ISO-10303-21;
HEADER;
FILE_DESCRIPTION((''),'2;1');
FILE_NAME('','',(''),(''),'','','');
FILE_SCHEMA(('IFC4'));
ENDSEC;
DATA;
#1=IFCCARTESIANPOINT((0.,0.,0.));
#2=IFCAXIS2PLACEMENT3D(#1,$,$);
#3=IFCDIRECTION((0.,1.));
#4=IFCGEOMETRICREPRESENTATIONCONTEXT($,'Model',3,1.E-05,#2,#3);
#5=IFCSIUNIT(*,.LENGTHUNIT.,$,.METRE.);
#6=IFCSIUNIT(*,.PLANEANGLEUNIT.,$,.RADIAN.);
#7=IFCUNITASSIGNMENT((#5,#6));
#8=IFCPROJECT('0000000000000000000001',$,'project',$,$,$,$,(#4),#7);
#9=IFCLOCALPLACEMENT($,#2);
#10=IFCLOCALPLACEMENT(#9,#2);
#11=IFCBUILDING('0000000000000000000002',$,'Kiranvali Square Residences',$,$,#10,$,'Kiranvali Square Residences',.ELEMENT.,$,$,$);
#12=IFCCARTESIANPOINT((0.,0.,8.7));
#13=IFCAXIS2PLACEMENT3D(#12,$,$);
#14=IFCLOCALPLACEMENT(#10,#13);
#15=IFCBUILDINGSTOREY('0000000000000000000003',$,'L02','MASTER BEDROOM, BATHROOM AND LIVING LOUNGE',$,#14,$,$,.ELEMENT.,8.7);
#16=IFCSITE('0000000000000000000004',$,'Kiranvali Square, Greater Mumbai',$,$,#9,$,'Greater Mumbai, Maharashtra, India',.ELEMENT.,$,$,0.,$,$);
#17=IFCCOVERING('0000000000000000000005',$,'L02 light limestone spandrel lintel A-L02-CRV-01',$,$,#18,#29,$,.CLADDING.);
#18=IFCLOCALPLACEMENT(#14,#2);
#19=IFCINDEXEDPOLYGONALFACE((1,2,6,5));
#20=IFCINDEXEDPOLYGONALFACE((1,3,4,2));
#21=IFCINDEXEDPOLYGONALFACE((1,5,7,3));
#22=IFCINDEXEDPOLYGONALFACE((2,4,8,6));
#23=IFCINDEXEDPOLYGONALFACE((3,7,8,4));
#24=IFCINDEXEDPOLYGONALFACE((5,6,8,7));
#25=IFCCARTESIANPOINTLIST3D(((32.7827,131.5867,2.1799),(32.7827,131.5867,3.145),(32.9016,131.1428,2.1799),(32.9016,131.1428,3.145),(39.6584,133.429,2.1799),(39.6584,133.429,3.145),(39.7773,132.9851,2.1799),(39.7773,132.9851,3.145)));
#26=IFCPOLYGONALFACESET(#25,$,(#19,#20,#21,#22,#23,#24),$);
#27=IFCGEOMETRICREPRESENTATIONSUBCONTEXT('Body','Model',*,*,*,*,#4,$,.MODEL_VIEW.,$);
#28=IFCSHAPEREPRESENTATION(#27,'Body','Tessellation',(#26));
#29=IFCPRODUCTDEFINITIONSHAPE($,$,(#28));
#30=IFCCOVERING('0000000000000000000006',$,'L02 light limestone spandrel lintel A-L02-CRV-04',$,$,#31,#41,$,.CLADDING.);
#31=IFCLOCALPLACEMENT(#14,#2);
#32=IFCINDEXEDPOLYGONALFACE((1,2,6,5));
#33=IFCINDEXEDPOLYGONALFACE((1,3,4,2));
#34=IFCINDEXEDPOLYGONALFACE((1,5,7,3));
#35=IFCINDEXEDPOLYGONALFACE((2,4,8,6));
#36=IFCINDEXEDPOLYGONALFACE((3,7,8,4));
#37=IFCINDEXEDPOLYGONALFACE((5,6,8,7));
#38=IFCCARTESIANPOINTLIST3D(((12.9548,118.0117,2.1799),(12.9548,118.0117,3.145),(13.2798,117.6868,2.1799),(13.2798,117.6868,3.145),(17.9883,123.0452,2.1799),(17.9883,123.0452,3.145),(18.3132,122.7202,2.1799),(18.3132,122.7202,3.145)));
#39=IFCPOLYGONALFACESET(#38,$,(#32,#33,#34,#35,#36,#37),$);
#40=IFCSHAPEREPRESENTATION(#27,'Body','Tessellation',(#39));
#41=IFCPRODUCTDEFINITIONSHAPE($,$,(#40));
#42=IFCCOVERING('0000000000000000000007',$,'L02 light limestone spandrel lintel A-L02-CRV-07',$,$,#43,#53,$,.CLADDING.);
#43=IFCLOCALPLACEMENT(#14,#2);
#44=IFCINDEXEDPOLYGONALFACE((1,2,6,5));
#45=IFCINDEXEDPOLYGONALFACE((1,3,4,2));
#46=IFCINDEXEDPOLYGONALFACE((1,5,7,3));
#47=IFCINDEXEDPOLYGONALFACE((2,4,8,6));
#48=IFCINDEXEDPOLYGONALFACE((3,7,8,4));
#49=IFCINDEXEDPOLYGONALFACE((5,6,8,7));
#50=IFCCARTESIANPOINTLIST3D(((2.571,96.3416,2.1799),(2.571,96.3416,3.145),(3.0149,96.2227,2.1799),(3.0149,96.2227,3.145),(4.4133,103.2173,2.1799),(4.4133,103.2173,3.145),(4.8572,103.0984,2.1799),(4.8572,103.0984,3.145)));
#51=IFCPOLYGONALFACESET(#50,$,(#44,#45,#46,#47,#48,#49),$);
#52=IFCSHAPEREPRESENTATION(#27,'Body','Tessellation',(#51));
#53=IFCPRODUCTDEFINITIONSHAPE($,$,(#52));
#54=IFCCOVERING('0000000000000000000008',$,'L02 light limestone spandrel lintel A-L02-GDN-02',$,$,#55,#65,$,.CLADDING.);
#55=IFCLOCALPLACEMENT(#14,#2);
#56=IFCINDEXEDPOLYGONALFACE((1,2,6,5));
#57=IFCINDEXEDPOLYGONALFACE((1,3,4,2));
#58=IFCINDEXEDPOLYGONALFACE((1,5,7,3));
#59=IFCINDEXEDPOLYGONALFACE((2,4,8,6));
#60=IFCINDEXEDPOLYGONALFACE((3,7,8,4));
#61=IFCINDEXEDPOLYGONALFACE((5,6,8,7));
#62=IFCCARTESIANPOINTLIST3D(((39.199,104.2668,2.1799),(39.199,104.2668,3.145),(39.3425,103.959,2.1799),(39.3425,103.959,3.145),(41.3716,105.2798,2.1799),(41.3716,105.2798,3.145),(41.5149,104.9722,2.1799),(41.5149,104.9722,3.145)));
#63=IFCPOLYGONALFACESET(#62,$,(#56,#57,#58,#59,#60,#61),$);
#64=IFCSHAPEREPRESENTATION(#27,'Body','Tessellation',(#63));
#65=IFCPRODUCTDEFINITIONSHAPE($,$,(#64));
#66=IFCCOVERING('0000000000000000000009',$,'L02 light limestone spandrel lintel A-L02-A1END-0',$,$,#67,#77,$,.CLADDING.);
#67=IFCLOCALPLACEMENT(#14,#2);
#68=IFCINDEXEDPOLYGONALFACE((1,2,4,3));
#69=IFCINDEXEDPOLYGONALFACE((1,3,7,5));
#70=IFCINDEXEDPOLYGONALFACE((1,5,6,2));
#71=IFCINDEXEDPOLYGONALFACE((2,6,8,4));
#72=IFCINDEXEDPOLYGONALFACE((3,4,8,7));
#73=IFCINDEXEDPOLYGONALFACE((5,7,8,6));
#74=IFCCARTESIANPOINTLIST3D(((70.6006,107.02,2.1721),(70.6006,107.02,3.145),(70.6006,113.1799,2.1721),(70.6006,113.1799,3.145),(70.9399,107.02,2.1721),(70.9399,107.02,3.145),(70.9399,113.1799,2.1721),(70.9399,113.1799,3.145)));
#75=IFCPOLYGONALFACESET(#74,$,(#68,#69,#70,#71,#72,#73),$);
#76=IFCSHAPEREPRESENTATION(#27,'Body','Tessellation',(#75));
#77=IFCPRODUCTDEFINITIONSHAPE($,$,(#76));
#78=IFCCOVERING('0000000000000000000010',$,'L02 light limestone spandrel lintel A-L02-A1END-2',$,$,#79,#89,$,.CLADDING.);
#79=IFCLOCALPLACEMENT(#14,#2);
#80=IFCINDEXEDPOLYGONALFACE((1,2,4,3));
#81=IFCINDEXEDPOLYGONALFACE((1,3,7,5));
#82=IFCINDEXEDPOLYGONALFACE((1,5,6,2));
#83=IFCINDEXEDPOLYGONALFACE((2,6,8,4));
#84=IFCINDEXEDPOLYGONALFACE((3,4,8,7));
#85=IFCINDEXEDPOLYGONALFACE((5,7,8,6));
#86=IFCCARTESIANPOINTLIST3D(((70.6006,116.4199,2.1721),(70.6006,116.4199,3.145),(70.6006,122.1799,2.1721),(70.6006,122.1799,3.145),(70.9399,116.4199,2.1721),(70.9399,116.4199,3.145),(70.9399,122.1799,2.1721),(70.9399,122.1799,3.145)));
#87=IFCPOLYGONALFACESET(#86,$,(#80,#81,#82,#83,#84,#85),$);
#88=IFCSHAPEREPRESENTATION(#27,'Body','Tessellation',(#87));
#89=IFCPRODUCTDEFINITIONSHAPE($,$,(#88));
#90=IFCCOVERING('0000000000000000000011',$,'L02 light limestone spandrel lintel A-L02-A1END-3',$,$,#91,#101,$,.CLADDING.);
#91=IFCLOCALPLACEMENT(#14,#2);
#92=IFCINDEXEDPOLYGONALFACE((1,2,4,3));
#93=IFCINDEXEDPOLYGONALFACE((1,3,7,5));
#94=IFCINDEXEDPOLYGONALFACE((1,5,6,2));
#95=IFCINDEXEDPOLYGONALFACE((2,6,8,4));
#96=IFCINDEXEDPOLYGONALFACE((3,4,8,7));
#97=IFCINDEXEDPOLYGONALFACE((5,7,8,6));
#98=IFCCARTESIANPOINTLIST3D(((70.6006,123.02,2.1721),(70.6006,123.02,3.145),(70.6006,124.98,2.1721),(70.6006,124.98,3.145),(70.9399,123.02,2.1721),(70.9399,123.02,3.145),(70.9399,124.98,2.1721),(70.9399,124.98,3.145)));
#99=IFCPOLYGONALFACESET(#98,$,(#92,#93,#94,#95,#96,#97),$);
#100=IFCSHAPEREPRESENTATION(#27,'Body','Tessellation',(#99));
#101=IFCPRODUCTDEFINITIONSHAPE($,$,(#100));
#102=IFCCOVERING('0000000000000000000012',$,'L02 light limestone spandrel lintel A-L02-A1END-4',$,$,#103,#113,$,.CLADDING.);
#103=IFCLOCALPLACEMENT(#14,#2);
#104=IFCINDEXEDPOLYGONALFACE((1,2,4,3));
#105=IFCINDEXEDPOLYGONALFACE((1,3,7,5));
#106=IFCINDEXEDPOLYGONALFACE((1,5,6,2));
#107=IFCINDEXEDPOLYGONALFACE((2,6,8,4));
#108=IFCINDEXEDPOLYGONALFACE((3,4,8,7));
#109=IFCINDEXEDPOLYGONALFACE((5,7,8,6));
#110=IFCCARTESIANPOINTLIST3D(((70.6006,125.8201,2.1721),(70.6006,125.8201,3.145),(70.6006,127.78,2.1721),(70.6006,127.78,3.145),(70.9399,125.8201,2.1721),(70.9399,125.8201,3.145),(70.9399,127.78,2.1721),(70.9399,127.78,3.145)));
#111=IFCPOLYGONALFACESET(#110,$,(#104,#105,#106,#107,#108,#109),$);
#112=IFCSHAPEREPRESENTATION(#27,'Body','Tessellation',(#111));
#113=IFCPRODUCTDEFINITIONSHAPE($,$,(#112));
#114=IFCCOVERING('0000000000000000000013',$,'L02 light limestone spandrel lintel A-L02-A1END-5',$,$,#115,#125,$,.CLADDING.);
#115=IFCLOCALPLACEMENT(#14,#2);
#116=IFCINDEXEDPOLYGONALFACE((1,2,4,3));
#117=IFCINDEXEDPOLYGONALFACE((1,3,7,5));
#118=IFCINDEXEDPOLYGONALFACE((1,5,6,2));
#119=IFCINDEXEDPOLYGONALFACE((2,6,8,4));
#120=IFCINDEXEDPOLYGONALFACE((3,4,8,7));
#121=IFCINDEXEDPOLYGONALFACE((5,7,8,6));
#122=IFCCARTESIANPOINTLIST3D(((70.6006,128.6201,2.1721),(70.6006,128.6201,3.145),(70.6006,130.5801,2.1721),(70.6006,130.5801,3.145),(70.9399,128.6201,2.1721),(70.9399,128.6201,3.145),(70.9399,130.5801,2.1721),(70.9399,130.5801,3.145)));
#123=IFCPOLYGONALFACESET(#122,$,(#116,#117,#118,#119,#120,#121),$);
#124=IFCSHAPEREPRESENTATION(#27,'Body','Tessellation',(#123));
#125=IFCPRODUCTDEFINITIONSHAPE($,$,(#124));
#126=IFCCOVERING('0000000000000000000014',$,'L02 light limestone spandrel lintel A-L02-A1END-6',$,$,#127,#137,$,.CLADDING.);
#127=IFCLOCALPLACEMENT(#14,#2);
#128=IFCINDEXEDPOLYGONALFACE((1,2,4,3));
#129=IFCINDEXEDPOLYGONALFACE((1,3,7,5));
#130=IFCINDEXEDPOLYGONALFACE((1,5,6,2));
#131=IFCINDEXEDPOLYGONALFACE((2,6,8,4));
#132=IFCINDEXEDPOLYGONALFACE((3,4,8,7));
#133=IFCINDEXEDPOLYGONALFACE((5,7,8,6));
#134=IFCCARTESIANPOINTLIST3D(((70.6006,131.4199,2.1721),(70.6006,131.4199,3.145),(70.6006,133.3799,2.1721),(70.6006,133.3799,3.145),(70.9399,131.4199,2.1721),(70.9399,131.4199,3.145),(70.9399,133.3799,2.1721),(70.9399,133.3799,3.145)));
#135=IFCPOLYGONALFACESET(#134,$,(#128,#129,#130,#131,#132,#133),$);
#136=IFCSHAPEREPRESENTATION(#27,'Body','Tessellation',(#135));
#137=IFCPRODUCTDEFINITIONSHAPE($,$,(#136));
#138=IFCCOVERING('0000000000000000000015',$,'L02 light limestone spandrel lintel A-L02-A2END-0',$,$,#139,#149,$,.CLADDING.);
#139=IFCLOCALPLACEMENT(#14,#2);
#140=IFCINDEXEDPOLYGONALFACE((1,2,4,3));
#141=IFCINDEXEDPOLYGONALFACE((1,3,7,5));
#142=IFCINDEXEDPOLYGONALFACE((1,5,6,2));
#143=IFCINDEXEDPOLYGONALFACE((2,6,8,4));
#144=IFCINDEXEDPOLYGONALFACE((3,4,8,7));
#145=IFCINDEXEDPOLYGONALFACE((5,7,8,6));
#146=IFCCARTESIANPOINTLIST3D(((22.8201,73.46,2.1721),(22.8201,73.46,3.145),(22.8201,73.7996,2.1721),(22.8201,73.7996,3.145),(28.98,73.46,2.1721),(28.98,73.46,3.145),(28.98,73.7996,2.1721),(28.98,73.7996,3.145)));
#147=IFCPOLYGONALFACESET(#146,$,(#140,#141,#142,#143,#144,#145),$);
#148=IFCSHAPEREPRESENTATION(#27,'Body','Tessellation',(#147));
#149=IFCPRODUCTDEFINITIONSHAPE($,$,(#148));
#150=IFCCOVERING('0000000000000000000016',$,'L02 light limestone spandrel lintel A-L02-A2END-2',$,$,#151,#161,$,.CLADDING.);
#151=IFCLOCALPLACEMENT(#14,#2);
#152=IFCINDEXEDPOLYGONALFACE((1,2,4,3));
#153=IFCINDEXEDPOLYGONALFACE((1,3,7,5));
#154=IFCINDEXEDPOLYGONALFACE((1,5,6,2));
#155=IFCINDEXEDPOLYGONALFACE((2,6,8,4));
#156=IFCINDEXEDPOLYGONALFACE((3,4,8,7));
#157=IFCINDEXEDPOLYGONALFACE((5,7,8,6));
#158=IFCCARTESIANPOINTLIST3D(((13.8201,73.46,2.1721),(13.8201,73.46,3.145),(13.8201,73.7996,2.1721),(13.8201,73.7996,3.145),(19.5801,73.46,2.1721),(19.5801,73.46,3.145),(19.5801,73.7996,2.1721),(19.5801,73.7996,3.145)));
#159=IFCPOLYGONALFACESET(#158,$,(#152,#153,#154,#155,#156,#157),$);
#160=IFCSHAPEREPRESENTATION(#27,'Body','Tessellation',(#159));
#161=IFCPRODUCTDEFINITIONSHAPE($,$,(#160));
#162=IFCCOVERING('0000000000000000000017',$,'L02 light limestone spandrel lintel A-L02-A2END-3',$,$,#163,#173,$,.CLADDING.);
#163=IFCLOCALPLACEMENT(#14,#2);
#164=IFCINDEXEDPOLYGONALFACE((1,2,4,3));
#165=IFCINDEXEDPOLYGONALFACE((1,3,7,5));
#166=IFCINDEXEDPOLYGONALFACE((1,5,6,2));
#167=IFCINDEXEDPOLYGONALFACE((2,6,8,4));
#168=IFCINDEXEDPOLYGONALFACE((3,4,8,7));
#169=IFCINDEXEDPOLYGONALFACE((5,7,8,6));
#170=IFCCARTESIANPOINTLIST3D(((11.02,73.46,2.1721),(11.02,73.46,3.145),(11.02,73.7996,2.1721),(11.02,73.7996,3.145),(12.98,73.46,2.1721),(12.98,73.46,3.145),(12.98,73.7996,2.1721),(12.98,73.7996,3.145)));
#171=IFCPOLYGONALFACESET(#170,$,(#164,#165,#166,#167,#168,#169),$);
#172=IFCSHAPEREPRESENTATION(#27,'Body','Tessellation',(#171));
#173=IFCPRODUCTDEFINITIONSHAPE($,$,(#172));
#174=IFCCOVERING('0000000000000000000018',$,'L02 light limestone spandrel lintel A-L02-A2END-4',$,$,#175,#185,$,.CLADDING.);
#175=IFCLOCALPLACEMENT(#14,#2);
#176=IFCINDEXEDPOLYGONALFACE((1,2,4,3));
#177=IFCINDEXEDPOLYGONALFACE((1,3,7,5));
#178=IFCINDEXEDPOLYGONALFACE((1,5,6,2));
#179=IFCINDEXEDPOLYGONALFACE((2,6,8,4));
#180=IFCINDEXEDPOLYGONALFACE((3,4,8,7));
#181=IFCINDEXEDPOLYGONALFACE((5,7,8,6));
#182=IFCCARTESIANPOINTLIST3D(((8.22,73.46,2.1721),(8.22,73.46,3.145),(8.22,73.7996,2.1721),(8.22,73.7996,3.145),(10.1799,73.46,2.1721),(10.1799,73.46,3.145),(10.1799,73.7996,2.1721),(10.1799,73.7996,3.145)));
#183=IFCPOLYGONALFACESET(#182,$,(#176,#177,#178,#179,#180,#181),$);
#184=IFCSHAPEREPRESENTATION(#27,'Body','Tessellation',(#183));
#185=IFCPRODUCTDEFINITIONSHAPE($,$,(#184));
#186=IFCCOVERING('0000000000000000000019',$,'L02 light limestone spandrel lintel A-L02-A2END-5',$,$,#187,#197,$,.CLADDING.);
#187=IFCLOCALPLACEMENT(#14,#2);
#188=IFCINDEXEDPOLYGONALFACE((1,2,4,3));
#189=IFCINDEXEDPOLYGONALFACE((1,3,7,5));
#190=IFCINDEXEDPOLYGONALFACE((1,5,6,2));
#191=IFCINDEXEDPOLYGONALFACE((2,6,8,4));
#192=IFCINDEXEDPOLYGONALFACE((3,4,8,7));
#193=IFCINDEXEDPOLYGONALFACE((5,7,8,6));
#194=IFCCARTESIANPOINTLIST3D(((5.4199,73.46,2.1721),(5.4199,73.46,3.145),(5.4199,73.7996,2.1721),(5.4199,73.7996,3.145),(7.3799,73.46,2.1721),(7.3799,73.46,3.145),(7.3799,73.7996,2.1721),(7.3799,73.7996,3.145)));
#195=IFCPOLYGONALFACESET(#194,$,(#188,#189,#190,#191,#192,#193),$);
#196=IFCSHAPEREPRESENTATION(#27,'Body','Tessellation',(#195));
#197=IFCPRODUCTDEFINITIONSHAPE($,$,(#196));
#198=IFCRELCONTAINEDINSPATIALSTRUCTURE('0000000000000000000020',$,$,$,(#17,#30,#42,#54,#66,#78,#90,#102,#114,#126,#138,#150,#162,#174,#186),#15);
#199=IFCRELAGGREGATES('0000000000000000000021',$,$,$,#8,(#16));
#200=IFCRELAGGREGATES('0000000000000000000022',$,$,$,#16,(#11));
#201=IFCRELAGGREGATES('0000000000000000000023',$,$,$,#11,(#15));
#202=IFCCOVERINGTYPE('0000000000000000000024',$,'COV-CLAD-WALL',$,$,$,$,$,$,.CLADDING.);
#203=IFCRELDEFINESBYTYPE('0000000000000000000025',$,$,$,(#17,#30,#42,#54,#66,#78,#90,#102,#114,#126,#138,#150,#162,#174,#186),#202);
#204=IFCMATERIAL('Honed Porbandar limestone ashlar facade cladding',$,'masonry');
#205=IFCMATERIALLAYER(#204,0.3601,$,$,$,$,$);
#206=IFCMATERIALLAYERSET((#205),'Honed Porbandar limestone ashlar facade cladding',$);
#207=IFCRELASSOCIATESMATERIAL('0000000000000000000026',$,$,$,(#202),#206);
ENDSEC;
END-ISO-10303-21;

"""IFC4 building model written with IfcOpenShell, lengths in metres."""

from ifc_helpers import new_model, si_unit, direction, frame, origin, place, context, subcontext, project, spatial, polyline, outline, extrude, material, layer, layer_set, type_object, element, save


model = new_model("IFC4")

# Units and contexts
model_context = context("Model", 3, precision=1e-05, world=origin(), true_north=direction((0.0, 1.0)))
body_context = subcontext(model_context, "Body", "Model", "MODEL_VIEW")
ifc_project = project(units=[si_unit("LENGTHUNIT", "METRE"), si_unit("PLANEANGLEUNIT", "RADIAN")], contexts=[model_context])

# Site, building, storey
site_placement = place(None, origin())
site = spatial("IfcSite", under=ifc_project, at=site_placement, Name="Kiranvali Square, Greater Mumbai", LongName="Greater Mumbai, Maharashtra, India", CompositionType="ELEMENT", RefElevation=0.0)
building_placement = place(site_placement, origin())
building = spatial("IfcBuilding", under=site, at=building_placement, Name="Kiranvali Square Residences", LongName="Kiranvali Square Residences", CompositionType="ELEMENT")
storey_placement = place(building_placement, frame((0.0, 0.0, 8.7)))
storey = spatial("IfcBuildingStorey", under=building, at=storey_placement, Name="L02", Description="MASTER BEDROOM, BATHROOM AND LIVING LOUNGE", CompositionType="ELEMENT", Elevation=8.7)

# Coverings
ifc_material = material(Name="Honed Porbandar limestone ashlar facade cladding", Category="masonry")
ifc_layer = layer(ifc_material, 0.3601)
ifc_layer_set = layer_set([ifc_layer], Name="Honed Porbandar limestone ashlar facade cladding")
covering_type = type_object("IfcCoveringType", Name="COV-CLAD-WALL", PredefinedType="CLADDING", material=ifc_layer_set)
covering_1_placement = place(storey_placement, frame((0.0, 0.0, 2.1799)))
element("IfcCovering", 1, at=covering_1_placement, inside=storey, type_object=covering_type, Name="L02 light limestone spandrel lintel A-L02-CRV-01", PredefinedType="CLADDING", context=body_context, shape_type="SweptSolid", body=[
    extrude(outline(polyline([(39.6584, 133.429), (32.7827, 131.5867), (32.9016, 131.1428), (39.7773, 132.9851), (39.6584, 133.429)])), origin(), (0.0, 0.0, 1.0), 0.9651),
])
covering_2_placement = place(storey_placement, frame((0.0, 0.0, 2.1799)))
element("IfcCovering", 2, at=covering_2_placement, inside=storey, type_object=covering_type, Name="L02 light limestone spandrel lintel A-L02-CRV-04", PredefinedType="CLADDING", context=body_context, shape_type="SweptSolid", body=[
    extrude(outline(polyline([(17.9883, 123.0452), (12.9548, 118.0117), (13.2798, 117.6868), (18.3132, 122.7202), (17.9883, 123.0452)])), origin(), (0.0, 0.0, 1.0), 0.9651),
])
covering_3_placement = place(storey_placement, frame((0.0, 0.0, 2.1799)))
element("IfcCovering", 3, at=covering_3_placement, inside=storey, type_object=covering_type, Name="L02 light limestone spandrel lintel A-L02-CRV-07", PredefinedType="CLADDING", context=body_context, shape_type="SweptSolid", body=[
    extrude(outline(polyline([(4.4133, 103.2173), (2.571, 96.3416), (3.0149, 96.2227), (4.8572, 103.0984), (4.4133, 103.2173)])), origin(), (0.0, 0.0, 1.0), 0.9651),
])
covering_4_placement = place(storey_placement, frame((0.0, 0.0, 2.1799)))
element("IfcCovering", 4, at=covering_4_placement, inside=storey, type_object=covering_type, Name="L02 light limestone spandrel lintel A-L02-GDN-02", PredefinedType="CLADDING", context=body_context, shape_type="SweptSolid", body=[
    extrude(outline(polyline([(41.3716, 105.2798), (39.199, 104.2668), (39.3425, 103.959), (41.5149, 104.9722), (41.3716, 105.2798)])), origin(), (0.0, 0.0, 1.0), 0.9651),
])
covering_5_placement = place(storey_placement, frame((0.0, 0.0, 2.1721)))
element("IfcCovering", 5, at=covering_5_placement, inside=storey, type_object=covering_type, Name="L02 light limestone spandrel lintel A-L02-A1END-0", PredefinedType="CLADDING", context=body_context, shape_type="SweptSolid", body=[
    extrude(outline(polyline([(70.9399, 107.02), (70.9399, 113.1799), (70.6006, 113.1799), (70.6006, 107.02), (70.9399, 107.02)])), origin(), (0.0, 0.0, 1.0), 0.9729),
])
covering_6_placement = place(storey_placement, frame((0.0, 0.0, 2.1721)))
element("IfcCovering", 6, at=covering_6_placement, inside=storey, type_object=covering_type, Name="L02 light limestone spandrel lintel A-L02-A1END-2", PredefinedType="CLADDING", context=body_context, shape_type="SweptSolid", body=[
    extrude(outline(polyline([(70.9399, 116.4199), (70.9399, 122.1799), (70.6006, 122.1799), (70.6006, 116.4199), (70.9399, 116.4199)])), origin(), (0.0, 0.0, 1.0), 0.9729),
])
covering_7_placement = place(storey_placement, frame((0.0, 0.0, 2.1721)))
element("IfcCovering", 7, at=covering_7_placement, inside=storey, type_object=covering_type, Name="L02 light limestone spandrel lintel A-L02-A1END-3", PredefinedType="CLADDING", context=body_context, shape_type="SweptSolid", body=[
    extrude(outline(polyline([(70.9399, 123.02), (70.9399, 124.98), (70.6006, 124.98), (70.6006, 123.02), (70.9399, 123.02)])), origin(), (0.0, 0.0, 1.0), 0.9729),
])
covering_8_placement = place(storey_placement, frame((0.0, 0.0, 2.1721)))
element("IfcCovering", 8, at=covering_8_placement, inside=storey, type_object=covering_type, Name="L02 light limestone spandrel lintel A-L02-A1END-4", PredefinedType="CLADDING", context=body_context, shape_type="SweptSolid", body=[
    extrude(outline(polyline([(70.9399, 125.8201), (70.9399, 127.78), (70.6006, 127.78), (70.6006, 125.8201), (70.9399, 125.8201)])), origin(), (0.0, 0.0, 1.0), 0.9729),
])
covering_9_placement = place(storey_placement, frame((0.0, 0.0, 2.1721)))
element("IfcCovering", 9, at=covering_9_placement, inside=storey, type_object=covering_type, Name="L02 light limestone spandrel lintel A-L02-A1END-5", PredefinedType="CLADDING", context=body_context, shape_type="SweptSolid", body=[
    extrude(outline(polyline([(70.9399, 128.6201), (70.9399, 130.5801), (70.6006, 130.5801), (70.6006, 128.6201), (70.9399, 128.6201)])), origin(), (0.0, 0.0, 1.0), 0.9729),
])
covering_10_placement = place(storey_placement, frame((0.0, 0.0, 2.1721)))
element("IfcCovering", 10, at=covering_10_placement, inside=storey, type_object=covering_type, Name="L02 light limestone spandrel lintel A-L02-A1END-6", PredefinedType="CLADDING", context=body_context, shape_type="SweptSolid", body=[
    extrude(outline(polyline([(70.9399, 131.4199), (70.9399, 133.3799), (70.6006, 133.3799), (70.6006, 131.4199), (70.9399, 131.4199)])), origin(), (0.0, 0.0, 1.0), 0.9729),
])
covering_11_placement = place(storey_placement, frame((0.0, 0.0, 2.1721)))
element("IfcCovering", 11, at=covering_11_placement, inside=storey, type_object=covering_type, Name="L02 light limestone spandrel lintel A-L02-A2END-0", PredefinedType="CLADDING", context=body_context, shape_type="SweptSolid", body=[
    extrude(outline(polyline([(28.98, 73.7996), (22.8201, 73.7996), (22.8201, 73.46), (28.98, 73.46), (28.98, 73.7996)])), origin(), (0.0, 0.0, 1.0), 0.9729),
])
covering_12_placement = place(storey_placement, frame((0.0, 0.0, 2.1721)))
element("IfcCovering", 12, at=covering_12_placement, inside=storey, type_object=covering_type, Name="L02 light limestone spandrel lintel A-L02-A2END-2", PredefinedType="CLADDING", context=body_context, shape_type="SweptSolid", body=[
    extrude(outline(polyline([(19.5801, 73.7996), (13.8201, 73.7996), (13.8201, 73.46), (19.5801, 73.46), (19.5801, 73.7996)])), origin(), (0.0, 0.0, 1.0), 0.9729),
])
covering_13_placement = place(storey_placement, frame((0.0, 0.0, 2.1721)))
element("IfcCovering", 13, at=covering_13_placement, inside=storey, type_object=covering_type, Name="L02 light limestone spandrel lintel A-L02-A2END-3", PredefinedType="CLADDING", context=body_context, shape_type="SweptSolid", body=[
    extrude(outline(polyline([(12.98, 73.7996), (11.02, 73.7996), (11.02, 73.46), (12.98, 73.46), (12.98, 73.7996)])), origin(), (0.0, 0.0, 1.0), 0.9729),
])
covering_14_placement = place(storey_placement, frame((0.0, 0.0, 2.1721)))
element("IfcCovering", 14, at=covering_14_placement, inside=storey, type_object=covering_type, Name="L02 light limestone spandrel lintel A-L02-A2END-4", PredefinedType="CLADDING", context=body_context, shape_type="SweptSolid", body=[
    extrude(outline(polyline([(10.1799, 73.7996), (8.22, 73.7996), (8.22, 73.46), (10.1799, 73.46), (10.1799, 73.7996)])), origin(), (0.0, 0.0, 1.0), 0.9729),
])
covering_15_placement = place(storey_placement, frame((0.0, 0.0, 2.1721)))
element("IfcCovering", 15, at=covering_15_placement, inside=storey, type_object=covering_type, Name="L02 light limestone spandrel lintel A-L02-A2END-5", PredefinedType="CLADDING", context=body_context, shape_type="SweptSolid", body=[
    extrude(outline(polyline([(7.3799, 73.7996), (5.4199, 73.7996), (5.4199, 73.46), (7.3799, 73.46), (7.3799, 73.7996)])), origin(), (0.0, 0.0, 1.0), 0.9729),
])

save(model, "model.ifc")
